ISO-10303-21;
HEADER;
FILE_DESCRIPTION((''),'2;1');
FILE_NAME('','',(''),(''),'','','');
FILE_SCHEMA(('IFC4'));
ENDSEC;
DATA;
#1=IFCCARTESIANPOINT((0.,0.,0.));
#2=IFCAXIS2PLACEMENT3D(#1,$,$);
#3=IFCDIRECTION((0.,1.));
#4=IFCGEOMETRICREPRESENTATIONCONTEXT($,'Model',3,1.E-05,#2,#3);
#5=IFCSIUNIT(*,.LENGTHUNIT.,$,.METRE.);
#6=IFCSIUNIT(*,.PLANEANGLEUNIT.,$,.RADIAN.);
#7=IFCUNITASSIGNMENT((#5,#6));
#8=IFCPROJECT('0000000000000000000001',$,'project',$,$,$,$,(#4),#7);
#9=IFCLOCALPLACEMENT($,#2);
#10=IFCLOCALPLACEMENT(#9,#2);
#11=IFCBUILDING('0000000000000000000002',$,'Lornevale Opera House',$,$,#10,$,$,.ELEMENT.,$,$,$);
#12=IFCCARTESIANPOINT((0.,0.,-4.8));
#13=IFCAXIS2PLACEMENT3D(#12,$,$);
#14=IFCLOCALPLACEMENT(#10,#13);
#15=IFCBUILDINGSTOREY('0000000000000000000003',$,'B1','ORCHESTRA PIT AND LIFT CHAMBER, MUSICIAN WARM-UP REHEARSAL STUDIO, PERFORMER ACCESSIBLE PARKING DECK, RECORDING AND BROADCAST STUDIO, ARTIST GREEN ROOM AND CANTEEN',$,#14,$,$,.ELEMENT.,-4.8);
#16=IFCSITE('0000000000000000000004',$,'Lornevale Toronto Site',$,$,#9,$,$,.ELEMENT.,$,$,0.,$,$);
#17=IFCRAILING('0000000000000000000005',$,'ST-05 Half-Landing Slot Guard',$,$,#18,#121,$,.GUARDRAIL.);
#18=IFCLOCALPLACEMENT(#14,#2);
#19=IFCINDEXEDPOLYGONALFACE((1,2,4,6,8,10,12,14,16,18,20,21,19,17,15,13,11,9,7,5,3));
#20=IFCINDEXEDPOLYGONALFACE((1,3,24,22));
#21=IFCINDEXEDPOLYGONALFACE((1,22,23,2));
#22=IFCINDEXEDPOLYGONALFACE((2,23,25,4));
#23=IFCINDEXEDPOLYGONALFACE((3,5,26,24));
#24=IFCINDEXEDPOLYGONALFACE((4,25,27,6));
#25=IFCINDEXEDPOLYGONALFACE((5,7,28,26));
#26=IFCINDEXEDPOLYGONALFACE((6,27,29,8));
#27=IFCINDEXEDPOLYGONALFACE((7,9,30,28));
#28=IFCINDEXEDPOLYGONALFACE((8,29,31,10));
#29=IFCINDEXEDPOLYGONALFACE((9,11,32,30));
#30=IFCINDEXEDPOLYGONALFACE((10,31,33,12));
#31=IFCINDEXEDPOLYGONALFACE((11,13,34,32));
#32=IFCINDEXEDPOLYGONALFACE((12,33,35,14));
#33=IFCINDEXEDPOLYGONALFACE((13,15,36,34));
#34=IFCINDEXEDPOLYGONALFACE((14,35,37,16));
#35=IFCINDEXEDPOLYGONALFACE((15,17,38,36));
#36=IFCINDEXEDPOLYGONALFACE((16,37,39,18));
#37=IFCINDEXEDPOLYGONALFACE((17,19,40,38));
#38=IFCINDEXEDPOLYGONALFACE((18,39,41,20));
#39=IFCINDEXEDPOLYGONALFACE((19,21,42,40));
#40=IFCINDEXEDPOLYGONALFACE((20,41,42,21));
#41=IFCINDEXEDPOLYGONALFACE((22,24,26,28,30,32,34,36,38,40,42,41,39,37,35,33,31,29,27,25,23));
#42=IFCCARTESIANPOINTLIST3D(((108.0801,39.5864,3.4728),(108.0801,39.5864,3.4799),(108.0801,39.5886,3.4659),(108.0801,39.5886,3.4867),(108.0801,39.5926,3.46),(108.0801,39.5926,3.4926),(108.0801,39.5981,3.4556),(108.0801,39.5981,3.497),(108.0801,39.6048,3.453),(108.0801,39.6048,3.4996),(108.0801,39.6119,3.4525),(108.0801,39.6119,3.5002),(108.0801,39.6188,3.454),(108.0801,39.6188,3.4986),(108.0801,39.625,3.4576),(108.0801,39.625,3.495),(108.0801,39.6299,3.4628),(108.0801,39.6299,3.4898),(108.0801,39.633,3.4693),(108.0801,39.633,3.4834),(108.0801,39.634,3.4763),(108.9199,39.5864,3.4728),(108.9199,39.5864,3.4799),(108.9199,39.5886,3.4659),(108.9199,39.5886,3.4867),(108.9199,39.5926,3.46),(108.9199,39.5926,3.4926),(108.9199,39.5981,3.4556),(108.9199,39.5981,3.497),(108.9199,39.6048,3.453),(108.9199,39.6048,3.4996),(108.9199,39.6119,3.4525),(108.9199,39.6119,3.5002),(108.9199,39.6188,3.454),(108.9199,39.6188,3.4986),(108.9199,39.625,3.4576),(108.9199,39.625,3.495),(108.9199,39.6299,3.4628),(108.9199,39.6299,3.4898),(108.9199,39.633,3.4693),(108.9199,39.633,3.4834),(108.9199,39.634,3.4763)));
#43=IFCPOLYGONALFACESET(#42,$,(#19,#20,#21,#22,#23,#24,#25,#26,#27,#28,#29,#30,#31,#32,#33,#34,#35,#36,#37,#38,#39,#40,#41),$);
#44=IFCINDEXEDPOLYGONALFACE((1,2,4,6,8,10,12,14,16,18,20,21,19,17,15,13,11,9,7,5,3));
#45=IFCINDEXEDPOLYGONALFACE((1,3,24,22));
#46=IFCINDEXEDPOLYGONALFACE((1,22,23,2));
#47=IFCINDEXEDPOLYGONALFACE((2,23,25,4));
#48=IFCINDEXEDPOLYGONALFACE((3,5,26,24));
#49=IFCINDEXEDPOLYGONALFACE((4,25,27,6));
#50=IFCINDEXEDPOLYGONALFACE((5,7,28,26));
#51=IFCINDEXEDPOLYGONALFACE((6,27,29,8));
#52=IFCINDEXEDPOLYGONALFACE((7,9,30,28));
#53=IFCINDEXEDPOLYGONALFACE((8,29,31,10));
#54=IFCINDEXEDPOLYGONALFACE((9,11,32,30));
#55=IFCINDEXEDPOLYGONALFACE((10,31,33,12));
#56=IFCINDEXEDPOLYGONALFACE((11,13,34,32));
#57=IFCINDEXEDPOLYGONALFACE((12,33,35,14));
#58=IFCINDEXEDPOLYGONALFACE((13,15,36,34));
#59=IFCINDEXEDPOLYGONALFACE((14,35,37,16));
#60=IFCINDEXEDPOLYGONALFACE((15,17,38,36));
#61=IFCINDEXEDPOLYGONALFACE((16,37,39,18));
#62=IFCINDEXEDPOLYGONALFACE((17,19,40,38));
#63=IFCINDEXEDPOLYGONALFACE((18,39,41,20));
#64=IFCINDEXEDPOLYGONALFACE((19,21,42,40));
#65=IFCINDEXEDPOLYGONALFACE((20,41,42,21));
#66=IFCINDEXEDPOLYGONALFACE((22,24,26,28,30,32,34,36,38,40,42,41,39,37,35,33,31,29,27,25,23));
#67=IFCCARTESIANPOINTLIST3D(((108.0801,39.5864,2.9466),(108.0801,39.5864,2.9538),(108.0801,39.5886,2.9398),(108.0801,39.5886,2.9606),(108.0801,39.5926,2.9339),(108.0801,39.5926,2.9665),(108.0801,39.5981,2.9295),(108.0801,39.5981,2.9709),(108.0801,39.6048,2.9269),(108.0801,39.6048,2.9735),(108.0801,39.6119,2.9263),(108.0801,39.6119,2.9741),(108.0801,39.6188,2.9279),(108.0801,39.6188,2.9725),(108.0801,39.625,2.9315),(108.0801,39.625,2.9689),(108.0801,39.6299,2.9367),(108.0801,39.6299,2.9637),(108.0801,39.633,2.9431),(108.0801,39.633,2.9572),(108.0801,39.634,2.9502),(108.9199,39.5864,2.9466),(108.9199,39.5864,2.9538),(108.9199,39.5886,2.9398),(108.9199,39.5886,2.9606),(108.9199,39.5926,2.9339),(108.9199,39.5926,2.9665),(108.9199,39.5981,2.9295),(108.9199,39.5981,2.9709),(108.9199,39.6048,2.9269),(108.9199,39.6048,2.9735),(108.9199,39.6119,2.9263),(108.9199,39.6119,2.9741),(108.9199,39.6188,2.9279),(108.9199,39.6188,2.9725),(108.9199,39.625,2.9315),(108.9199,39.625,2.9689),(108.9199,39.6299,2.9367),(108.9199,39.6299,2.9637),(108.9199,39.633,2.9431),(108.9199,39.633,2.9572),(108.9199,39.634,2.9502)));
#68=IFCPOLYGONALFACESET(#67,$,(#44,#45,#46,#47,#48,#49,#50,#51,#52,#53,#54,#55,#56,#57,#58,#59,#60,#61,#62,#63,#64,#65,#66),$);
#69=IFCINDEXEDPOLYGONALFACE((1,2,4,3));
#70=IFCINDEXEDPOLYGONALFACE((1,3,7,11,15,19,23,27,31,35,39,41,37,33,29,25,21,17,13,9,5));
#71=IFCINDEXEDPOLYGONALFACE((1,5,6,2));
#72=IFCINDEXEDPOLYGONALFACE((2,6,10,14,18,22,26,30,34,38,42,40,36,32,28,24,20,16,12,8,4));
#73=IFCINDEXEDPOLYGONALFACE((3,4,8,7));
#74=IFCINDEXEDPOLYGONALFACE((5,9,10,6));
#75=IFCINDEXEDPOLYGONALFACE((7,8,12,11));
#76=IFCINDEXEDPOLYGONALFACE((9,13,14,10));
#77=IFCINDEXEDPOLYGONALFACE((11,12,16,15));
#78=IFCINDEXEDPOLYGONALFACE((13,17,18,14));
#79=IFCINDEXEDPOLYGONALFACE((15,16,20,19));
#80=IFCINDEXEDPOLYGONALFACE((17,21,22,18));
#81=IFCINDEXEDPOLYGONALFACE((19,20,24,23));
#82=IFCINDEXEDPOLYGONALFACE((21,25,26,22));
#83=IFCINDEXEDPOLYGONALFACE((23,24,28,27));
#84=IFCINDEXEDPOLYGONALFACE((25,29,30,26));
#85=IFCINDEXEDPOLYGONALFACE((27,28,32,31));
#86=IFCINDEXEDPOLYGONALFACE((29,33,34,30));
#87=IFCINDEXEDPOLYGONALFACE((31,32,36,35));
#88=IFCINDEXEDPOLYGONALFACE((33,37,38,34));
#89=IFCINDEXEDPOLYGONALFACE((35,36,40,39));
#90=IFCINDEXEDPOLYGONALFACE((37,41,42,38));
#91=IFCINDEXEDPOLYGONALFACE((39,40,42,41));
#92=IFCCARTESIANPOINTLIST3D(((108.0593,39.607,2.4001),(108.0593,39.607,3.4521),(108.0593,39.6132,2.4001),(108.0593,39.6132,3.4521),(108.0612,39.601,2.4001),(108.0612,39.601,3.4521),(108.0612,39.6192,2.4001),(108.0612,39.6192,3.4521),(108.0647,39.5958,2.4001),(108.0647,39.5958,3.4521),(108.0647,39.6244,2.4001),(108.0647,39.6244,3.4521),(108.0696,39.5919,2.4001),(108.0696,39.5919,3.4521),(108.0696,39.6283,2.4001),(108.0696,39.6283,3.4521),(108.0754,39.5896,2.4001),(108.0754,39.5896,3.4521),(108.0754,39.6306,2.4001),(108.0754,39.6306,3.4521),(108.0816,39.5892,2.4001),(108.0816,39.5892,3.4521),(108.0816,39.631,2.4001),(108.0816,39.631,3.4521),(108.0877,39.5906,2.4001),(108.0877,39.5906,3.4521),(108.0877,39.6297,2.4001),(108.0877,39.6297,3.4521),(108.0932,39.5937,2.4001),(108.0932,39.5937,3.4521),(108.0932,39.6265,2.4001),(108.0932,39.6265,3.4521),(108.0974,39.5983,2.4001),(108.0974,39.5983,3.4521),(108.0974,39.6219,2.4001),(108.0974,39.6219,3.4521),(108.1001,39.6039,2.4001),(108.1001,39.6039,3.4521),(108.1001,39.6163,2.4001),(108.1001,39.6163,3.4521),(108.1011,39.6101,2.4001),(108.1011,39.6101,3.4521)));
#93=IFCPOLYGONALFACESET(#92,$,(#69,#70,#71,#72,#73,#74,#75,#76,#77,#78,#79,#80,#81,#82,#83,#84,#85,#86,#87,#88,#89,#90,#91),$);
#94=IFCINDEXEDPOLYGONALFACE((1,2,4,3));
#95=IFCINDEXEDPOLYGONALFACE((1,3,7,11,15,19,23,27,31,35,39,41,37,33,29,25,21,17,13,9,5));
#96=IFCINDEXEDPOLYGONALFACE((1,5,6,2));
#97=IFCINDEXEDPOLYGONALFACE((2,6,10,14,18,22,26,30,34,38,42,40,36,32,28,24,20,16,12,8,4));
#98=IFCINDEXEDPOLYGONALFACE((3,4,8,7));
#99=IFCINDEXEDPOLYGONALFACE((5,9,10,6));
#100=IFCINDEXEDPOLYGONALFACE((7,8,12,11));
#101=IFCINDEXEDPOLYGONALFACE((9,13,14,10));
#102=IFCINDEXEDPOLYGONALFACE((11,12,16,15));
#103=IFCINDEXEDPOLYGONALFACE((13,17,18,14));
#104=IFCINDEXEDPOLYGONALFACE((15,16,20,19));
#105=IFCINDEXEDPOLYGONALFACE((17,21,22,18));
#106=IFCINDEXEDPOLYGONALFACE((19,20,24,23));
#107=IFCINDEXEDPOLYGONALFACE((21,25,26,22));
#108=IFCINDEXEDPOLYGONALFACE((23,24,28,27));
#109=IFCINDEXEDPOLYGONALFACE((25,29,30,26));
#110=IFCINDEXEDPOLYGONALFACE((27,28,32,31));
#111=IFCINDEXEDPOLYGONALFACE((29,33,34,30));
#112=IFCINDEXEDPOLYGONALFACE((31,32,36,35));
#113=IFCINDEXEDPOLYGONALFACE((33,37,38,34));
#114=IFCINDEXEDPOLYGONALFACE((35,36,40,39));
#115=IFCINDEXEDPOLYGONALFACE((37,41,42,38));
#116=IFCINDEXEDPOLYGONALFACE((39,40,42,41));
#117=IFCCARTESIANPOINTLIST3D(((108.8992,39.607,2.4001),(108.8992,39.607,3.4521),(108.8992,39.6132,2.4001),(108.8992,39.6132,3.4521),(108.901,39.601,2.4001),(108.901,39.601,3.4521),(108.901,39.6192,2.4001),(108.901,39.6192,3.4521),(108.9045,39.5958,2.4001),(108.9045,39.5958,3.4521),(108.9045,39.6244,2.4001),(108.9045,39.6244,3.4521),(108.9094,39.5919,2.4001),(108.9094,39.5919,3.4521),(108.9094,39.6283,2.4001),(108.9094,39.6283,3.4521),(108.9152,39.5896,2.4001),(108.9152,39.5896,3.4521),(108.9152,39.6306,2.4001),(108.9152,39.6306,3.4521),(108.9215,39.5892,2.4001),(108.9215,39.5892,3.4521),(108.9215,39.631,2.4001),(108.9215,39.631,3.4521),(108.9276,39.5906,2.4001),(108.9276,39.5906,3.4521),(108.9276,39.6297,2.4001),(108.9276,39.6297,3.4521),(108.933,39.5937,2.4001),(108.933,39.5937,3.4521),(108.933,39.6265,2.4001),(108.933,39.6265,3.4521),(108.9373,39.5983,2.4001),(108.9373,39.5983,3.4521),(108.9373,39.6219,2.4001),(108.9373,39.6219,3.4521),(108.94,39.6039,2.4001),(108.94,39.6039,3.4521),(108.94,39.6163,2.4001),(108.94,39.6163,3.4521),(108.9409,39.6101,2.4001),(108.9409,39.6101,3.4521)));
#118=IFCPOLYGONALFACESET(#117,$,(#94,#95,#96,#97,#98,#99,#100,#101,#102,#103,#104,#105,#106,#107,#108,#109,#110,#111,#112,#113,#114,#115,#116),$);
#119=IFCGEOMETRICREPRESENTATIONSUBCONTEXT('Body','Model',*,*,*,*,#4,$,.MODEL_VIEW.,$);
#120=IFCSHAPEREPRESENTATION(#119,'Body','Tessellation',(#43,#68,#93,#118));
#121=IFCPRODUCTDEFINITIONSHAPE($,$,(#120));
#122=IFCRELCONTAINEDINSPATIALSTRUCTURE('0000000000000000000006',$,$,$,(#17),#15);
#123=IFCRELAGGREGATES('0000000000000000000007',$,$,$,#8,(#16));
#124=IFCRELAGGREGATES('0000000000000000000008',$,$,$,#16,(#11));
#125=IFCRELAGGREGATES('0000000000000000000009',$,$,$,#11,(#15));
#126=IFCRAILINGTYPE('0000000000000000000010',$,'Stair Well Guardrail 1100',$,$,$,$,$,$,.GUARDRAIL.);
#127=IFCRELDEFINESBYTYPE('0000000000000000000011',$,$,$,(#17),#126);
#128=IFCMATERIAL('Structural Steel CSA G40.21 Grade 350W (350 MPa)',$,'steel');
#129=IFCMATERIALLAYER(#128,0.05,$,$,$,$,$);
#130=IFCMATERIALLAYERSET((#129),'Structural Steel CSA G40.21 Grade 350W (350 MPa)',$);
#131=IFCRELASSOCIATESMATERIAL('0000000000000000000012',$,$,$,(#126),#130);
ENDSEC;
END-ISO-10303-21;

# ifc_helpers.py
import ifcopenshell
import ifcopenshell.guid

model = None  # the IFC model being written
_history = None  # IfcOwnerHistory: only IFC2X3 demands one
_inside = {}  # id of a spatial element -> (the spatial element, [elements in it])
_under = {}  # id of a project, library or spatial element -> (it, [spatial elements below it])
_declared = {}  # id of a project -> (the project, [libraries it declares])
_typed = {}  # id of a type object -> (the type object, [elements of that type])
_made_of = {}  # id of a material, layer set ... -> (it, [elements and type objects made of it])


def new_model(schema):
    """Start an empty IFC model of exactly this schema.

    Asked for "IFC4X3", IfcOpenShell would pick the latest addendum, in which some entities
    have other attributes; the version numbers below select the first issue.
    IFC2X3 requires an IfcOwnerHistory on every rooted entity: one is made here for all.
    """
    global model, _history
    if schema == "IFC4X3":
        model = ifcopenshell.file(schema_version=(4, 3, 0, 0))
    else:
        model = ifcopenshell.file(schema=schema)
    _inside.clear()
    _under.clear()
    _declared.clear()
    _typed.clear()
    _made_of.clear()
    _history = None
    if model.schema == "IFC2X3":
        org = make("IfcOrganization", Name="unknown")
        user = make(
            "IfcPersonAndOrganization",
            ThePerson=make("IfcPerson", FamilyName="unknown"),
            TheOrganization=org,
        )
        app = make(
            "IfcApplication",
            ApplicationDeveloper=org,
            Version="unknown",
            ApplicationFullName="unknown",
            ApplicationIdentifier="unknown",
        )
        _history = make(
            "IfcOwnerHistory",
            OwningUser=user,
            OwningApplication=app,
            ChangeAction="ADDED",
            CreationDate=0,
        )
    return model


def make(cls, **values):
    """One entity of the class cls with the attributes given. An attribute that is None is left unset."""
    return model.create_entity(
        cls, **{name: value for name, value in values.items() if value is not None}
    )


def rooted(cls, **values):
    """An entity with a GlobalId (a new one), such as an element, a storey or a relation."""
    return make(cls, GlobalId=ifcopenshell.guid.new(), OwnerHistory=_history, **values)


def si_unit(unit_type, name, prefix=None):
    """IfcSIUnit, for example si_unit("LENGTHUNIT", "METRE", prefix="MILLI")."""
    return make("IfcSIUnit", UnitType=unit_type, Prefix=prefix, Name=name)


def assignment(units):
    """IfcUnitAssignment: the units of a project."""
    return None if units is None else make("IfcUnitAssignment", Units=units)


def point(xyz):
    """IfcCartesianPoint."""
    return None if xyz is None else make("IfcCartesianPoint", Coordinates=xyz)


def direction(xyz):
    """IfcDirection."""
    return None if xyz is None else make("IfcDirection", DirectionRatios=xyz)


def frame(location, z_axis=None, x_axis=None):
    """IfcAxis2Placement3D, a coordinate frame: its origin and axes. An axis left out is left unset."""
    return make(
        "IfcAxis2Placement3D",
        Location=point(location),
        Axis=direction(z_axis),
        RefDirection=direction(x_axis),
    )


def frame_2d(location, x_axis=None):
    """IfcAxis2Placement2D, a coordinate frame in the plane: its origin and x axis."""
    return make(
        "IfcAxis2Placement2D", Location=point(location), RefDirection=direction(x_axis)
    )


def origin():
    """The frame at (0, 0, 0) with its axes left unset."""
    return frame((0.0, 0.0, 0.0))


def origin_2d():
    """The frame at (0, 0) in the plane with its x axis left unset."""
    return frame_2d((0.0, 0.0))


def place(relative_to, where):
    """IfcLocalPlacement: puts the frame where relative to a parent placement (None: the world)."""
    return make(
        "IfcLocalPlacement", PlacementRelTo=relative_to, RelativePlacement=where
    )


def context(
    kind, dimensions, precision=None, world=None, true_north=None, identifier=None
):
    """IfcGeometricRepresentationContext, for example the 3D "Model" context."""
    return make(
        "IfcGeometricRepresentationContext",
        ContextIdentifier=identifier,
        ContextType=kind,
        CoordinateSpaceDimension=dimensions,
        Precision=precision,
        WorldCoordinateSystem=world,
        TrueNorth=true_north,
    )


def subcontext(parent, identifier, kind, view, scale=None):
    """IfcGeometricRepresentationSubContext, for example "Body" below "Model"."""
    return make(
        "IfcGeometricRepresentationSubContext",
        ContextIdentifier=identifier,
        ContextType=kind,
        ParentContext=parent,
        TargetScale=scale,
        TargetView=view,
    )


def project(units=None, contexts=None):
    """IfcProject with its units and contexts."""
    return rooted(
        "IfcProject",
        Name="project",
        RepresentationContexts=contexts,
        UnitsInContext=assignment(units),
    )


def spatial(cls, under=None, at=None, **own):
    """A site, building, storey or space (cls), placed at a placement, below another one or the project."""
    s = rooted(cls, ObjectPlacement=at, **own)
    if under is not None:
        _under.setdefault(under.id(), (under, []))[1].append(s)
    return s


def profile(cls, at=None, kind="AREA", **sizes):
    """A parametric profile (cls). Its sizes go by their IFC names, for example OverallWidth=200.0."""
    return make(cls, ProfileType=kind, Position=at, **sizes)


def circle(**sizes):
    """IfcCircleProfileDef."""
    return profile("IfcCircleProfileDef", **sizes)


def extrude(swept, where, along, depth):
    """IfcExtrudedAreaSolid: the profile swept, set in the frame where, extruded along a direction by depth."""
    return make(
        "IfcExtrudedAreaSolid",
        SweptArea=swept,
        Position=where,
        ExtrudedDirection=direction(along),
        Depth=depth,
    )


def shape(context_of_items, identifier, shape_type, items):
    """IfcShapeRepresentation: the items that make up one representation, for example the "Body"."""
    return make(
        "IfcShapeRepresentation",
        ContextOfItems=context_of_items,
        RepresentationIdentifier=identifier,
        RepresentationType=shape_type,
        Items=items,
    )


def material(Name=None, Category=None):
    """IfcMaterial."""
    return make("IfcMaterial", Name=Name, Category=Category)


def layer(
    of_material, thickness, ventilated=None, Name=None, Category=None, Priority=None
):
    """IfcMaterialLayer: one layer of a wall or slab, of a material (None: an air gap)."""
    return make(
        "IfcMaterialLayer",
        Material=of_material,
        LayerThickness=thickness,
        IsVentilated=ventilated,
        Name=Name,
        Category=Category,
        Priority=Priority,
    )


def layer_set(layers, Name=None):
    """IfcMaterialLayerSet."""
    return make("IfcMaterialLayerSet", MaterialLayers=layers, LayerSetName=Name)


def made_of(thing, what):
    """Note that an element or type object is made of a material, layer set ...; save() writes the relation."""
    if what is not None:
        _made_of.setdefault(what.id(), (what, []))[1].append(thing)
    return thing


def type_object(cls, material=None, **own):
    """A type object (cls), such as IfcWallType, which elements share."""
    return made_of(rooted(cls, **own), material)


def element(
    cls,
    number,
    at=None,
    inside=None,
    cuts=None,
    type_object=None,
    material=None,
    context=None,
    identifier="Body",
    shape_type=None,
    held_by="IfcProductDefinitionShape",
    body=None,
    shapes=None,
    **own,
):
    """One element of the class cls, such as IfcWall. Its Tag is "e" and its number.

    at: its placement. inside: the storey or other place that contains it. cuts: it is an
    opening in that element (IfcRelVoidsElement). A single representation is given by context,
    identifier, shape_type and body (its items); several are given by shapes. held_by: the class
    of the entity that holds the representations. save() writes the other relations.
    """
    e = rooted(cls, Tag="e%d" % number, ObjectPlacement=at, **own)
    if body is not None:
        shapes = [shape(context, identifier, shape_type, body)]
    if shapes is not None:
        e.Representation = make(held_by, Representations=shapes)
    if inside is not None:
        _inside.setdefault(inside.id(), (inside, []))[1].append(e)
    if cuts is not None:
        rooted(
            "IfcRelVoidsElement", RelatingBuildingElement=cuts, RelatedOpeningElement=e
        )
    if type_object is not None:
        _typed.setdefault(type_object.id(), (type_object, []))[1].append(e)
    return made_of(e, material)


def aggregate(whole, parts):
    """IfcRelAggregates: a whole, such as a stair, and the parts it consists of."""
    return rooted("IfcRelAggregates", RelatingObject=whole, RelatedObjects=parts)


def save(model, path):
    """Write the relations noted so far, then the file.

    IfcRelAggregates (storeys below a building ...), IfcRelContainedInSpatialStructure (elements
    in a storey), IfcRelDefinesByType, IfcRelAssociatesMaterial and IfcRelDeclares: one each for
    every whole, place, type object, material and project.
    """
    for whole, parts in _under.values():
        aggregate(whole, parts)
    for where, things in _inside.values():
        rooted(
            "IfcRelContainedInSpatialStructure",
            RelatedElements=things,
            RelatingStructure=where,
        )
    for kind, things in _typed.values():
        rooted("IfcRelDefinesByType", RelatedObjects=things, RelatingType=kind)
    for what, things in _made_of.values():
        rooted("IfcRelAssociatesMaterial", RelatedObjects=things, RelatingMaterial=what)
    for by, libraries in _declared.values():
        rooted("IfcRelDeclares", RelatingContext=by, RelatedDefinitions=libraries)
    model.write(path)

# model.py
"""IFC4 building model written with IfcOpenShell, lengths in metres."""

from ifc_helpers import new_model, si_unit, direction, frame, origin, origin_2d, place, context, subcontext, project, spatial, circle, extrude, material, layer, layer_set, type_object, element, save


model = new_model("IFC4")

# Units and contexts
model_context = context("Model", 3, precision=1e-05, world=origin(), true_north=direction((0.0, 1.0)))
body_context = subcontext(model_context, "Body", "Model", "MODEL_VIEW")
ifc_project = project(units=[si_unit("LENGTHUNIT", "METRE"), si_unit("PLANEANGLEUNIT", "RADIAN")], contexts=[model_context])

# Site, building, storey
site_placement = place(None, origin())
site = spatial("IfcSite", under=ifc_project, at=site_placement, Name="Lornevale Toronto Site", CompositionType="ELEMENT", RefElevation=0.0)
building_placement = place(site_placement, origin())
building = spatial("IfcBuilding", under=site, at=building_placement, Name="Lornevale Opera House", CompositionType="ELEMENT")
storey_placement = place(building_placement, frame((0.0, 0.0, -4.8)))
storey = spatial("IfcBuildingStorey", under=building, at=storey_placement, Name="B1", Description="ORCHESTRA PIT AND LIFT CHAMBER, MUSICIAN WARM-UP REHEARSAL STUDIO, PERFORMER ACCESSIBLE PARKING DECK, RECORDING AND BROADCAST STUDIO, ARTIST GREEN ROOM AND CANTEEN", CompositionType="ELEMENT", Elevation=-4.8)

# Railing
ifc_material_1 = material(Name="Structural Steel CSA G40.21 Grade 350W (350 MPa)", Category="steel")
ifc_layer_1 = layer(ifc_material_1, 0.05)
ifc_layer_set_1 = layer_set([ifc_layer_1], Name="Structural Steel CSA G40.21 Grade 350W (350 MPa)")
railing_type_1 = type_object("IfcRailingType", Name="Stair Well Guardrail 1100", PredefinedType="GUARDRAIL", material=ifc_layer_set_1)
railing_1_placement = place(storey_placement, frame((108.0801, 39.6101, 2.4001)))
element("IfcRailing", 1, at=railing_1_placement, inside=storey, type_object=railing_type_1, Name="ST-05 Half-Landing Slot Guard", PredefinedType="GUARDRAIL", context=body_context, shape_type="SweptSolid", body=[
    extrude(circle(Radius=0.0239, at=origin_2d()), frame((0.0, 0.0, 1.0762), z_axis=(1.0, 0.0, 0.0), x_axis=(0.0, 1.0, 0.0)), (0.0, 0.0, 1.0), 0.8398),
    extrude(circle(Radius=0.0239, at=origin_2d()), frame((0.0, 0.0, 0.55), z_axis=(1.0, 0.0, 0.0), x_axis=(0.0, 1.0, 0.0)), (0.0, 0.0, 1.0), 0.8398),
    extrude(circle(Radius=0.021, at=origin_2d()), origin(), (0.0, 0.0, 1.0), 1.052),
    extrude(circle(Radius=0.021, at=origin_2d()), frame((0.8398, 0.0, 0.0)), (0.0, 0.0, 1.0), 1.052),
])

save(model, "model.ifc")
